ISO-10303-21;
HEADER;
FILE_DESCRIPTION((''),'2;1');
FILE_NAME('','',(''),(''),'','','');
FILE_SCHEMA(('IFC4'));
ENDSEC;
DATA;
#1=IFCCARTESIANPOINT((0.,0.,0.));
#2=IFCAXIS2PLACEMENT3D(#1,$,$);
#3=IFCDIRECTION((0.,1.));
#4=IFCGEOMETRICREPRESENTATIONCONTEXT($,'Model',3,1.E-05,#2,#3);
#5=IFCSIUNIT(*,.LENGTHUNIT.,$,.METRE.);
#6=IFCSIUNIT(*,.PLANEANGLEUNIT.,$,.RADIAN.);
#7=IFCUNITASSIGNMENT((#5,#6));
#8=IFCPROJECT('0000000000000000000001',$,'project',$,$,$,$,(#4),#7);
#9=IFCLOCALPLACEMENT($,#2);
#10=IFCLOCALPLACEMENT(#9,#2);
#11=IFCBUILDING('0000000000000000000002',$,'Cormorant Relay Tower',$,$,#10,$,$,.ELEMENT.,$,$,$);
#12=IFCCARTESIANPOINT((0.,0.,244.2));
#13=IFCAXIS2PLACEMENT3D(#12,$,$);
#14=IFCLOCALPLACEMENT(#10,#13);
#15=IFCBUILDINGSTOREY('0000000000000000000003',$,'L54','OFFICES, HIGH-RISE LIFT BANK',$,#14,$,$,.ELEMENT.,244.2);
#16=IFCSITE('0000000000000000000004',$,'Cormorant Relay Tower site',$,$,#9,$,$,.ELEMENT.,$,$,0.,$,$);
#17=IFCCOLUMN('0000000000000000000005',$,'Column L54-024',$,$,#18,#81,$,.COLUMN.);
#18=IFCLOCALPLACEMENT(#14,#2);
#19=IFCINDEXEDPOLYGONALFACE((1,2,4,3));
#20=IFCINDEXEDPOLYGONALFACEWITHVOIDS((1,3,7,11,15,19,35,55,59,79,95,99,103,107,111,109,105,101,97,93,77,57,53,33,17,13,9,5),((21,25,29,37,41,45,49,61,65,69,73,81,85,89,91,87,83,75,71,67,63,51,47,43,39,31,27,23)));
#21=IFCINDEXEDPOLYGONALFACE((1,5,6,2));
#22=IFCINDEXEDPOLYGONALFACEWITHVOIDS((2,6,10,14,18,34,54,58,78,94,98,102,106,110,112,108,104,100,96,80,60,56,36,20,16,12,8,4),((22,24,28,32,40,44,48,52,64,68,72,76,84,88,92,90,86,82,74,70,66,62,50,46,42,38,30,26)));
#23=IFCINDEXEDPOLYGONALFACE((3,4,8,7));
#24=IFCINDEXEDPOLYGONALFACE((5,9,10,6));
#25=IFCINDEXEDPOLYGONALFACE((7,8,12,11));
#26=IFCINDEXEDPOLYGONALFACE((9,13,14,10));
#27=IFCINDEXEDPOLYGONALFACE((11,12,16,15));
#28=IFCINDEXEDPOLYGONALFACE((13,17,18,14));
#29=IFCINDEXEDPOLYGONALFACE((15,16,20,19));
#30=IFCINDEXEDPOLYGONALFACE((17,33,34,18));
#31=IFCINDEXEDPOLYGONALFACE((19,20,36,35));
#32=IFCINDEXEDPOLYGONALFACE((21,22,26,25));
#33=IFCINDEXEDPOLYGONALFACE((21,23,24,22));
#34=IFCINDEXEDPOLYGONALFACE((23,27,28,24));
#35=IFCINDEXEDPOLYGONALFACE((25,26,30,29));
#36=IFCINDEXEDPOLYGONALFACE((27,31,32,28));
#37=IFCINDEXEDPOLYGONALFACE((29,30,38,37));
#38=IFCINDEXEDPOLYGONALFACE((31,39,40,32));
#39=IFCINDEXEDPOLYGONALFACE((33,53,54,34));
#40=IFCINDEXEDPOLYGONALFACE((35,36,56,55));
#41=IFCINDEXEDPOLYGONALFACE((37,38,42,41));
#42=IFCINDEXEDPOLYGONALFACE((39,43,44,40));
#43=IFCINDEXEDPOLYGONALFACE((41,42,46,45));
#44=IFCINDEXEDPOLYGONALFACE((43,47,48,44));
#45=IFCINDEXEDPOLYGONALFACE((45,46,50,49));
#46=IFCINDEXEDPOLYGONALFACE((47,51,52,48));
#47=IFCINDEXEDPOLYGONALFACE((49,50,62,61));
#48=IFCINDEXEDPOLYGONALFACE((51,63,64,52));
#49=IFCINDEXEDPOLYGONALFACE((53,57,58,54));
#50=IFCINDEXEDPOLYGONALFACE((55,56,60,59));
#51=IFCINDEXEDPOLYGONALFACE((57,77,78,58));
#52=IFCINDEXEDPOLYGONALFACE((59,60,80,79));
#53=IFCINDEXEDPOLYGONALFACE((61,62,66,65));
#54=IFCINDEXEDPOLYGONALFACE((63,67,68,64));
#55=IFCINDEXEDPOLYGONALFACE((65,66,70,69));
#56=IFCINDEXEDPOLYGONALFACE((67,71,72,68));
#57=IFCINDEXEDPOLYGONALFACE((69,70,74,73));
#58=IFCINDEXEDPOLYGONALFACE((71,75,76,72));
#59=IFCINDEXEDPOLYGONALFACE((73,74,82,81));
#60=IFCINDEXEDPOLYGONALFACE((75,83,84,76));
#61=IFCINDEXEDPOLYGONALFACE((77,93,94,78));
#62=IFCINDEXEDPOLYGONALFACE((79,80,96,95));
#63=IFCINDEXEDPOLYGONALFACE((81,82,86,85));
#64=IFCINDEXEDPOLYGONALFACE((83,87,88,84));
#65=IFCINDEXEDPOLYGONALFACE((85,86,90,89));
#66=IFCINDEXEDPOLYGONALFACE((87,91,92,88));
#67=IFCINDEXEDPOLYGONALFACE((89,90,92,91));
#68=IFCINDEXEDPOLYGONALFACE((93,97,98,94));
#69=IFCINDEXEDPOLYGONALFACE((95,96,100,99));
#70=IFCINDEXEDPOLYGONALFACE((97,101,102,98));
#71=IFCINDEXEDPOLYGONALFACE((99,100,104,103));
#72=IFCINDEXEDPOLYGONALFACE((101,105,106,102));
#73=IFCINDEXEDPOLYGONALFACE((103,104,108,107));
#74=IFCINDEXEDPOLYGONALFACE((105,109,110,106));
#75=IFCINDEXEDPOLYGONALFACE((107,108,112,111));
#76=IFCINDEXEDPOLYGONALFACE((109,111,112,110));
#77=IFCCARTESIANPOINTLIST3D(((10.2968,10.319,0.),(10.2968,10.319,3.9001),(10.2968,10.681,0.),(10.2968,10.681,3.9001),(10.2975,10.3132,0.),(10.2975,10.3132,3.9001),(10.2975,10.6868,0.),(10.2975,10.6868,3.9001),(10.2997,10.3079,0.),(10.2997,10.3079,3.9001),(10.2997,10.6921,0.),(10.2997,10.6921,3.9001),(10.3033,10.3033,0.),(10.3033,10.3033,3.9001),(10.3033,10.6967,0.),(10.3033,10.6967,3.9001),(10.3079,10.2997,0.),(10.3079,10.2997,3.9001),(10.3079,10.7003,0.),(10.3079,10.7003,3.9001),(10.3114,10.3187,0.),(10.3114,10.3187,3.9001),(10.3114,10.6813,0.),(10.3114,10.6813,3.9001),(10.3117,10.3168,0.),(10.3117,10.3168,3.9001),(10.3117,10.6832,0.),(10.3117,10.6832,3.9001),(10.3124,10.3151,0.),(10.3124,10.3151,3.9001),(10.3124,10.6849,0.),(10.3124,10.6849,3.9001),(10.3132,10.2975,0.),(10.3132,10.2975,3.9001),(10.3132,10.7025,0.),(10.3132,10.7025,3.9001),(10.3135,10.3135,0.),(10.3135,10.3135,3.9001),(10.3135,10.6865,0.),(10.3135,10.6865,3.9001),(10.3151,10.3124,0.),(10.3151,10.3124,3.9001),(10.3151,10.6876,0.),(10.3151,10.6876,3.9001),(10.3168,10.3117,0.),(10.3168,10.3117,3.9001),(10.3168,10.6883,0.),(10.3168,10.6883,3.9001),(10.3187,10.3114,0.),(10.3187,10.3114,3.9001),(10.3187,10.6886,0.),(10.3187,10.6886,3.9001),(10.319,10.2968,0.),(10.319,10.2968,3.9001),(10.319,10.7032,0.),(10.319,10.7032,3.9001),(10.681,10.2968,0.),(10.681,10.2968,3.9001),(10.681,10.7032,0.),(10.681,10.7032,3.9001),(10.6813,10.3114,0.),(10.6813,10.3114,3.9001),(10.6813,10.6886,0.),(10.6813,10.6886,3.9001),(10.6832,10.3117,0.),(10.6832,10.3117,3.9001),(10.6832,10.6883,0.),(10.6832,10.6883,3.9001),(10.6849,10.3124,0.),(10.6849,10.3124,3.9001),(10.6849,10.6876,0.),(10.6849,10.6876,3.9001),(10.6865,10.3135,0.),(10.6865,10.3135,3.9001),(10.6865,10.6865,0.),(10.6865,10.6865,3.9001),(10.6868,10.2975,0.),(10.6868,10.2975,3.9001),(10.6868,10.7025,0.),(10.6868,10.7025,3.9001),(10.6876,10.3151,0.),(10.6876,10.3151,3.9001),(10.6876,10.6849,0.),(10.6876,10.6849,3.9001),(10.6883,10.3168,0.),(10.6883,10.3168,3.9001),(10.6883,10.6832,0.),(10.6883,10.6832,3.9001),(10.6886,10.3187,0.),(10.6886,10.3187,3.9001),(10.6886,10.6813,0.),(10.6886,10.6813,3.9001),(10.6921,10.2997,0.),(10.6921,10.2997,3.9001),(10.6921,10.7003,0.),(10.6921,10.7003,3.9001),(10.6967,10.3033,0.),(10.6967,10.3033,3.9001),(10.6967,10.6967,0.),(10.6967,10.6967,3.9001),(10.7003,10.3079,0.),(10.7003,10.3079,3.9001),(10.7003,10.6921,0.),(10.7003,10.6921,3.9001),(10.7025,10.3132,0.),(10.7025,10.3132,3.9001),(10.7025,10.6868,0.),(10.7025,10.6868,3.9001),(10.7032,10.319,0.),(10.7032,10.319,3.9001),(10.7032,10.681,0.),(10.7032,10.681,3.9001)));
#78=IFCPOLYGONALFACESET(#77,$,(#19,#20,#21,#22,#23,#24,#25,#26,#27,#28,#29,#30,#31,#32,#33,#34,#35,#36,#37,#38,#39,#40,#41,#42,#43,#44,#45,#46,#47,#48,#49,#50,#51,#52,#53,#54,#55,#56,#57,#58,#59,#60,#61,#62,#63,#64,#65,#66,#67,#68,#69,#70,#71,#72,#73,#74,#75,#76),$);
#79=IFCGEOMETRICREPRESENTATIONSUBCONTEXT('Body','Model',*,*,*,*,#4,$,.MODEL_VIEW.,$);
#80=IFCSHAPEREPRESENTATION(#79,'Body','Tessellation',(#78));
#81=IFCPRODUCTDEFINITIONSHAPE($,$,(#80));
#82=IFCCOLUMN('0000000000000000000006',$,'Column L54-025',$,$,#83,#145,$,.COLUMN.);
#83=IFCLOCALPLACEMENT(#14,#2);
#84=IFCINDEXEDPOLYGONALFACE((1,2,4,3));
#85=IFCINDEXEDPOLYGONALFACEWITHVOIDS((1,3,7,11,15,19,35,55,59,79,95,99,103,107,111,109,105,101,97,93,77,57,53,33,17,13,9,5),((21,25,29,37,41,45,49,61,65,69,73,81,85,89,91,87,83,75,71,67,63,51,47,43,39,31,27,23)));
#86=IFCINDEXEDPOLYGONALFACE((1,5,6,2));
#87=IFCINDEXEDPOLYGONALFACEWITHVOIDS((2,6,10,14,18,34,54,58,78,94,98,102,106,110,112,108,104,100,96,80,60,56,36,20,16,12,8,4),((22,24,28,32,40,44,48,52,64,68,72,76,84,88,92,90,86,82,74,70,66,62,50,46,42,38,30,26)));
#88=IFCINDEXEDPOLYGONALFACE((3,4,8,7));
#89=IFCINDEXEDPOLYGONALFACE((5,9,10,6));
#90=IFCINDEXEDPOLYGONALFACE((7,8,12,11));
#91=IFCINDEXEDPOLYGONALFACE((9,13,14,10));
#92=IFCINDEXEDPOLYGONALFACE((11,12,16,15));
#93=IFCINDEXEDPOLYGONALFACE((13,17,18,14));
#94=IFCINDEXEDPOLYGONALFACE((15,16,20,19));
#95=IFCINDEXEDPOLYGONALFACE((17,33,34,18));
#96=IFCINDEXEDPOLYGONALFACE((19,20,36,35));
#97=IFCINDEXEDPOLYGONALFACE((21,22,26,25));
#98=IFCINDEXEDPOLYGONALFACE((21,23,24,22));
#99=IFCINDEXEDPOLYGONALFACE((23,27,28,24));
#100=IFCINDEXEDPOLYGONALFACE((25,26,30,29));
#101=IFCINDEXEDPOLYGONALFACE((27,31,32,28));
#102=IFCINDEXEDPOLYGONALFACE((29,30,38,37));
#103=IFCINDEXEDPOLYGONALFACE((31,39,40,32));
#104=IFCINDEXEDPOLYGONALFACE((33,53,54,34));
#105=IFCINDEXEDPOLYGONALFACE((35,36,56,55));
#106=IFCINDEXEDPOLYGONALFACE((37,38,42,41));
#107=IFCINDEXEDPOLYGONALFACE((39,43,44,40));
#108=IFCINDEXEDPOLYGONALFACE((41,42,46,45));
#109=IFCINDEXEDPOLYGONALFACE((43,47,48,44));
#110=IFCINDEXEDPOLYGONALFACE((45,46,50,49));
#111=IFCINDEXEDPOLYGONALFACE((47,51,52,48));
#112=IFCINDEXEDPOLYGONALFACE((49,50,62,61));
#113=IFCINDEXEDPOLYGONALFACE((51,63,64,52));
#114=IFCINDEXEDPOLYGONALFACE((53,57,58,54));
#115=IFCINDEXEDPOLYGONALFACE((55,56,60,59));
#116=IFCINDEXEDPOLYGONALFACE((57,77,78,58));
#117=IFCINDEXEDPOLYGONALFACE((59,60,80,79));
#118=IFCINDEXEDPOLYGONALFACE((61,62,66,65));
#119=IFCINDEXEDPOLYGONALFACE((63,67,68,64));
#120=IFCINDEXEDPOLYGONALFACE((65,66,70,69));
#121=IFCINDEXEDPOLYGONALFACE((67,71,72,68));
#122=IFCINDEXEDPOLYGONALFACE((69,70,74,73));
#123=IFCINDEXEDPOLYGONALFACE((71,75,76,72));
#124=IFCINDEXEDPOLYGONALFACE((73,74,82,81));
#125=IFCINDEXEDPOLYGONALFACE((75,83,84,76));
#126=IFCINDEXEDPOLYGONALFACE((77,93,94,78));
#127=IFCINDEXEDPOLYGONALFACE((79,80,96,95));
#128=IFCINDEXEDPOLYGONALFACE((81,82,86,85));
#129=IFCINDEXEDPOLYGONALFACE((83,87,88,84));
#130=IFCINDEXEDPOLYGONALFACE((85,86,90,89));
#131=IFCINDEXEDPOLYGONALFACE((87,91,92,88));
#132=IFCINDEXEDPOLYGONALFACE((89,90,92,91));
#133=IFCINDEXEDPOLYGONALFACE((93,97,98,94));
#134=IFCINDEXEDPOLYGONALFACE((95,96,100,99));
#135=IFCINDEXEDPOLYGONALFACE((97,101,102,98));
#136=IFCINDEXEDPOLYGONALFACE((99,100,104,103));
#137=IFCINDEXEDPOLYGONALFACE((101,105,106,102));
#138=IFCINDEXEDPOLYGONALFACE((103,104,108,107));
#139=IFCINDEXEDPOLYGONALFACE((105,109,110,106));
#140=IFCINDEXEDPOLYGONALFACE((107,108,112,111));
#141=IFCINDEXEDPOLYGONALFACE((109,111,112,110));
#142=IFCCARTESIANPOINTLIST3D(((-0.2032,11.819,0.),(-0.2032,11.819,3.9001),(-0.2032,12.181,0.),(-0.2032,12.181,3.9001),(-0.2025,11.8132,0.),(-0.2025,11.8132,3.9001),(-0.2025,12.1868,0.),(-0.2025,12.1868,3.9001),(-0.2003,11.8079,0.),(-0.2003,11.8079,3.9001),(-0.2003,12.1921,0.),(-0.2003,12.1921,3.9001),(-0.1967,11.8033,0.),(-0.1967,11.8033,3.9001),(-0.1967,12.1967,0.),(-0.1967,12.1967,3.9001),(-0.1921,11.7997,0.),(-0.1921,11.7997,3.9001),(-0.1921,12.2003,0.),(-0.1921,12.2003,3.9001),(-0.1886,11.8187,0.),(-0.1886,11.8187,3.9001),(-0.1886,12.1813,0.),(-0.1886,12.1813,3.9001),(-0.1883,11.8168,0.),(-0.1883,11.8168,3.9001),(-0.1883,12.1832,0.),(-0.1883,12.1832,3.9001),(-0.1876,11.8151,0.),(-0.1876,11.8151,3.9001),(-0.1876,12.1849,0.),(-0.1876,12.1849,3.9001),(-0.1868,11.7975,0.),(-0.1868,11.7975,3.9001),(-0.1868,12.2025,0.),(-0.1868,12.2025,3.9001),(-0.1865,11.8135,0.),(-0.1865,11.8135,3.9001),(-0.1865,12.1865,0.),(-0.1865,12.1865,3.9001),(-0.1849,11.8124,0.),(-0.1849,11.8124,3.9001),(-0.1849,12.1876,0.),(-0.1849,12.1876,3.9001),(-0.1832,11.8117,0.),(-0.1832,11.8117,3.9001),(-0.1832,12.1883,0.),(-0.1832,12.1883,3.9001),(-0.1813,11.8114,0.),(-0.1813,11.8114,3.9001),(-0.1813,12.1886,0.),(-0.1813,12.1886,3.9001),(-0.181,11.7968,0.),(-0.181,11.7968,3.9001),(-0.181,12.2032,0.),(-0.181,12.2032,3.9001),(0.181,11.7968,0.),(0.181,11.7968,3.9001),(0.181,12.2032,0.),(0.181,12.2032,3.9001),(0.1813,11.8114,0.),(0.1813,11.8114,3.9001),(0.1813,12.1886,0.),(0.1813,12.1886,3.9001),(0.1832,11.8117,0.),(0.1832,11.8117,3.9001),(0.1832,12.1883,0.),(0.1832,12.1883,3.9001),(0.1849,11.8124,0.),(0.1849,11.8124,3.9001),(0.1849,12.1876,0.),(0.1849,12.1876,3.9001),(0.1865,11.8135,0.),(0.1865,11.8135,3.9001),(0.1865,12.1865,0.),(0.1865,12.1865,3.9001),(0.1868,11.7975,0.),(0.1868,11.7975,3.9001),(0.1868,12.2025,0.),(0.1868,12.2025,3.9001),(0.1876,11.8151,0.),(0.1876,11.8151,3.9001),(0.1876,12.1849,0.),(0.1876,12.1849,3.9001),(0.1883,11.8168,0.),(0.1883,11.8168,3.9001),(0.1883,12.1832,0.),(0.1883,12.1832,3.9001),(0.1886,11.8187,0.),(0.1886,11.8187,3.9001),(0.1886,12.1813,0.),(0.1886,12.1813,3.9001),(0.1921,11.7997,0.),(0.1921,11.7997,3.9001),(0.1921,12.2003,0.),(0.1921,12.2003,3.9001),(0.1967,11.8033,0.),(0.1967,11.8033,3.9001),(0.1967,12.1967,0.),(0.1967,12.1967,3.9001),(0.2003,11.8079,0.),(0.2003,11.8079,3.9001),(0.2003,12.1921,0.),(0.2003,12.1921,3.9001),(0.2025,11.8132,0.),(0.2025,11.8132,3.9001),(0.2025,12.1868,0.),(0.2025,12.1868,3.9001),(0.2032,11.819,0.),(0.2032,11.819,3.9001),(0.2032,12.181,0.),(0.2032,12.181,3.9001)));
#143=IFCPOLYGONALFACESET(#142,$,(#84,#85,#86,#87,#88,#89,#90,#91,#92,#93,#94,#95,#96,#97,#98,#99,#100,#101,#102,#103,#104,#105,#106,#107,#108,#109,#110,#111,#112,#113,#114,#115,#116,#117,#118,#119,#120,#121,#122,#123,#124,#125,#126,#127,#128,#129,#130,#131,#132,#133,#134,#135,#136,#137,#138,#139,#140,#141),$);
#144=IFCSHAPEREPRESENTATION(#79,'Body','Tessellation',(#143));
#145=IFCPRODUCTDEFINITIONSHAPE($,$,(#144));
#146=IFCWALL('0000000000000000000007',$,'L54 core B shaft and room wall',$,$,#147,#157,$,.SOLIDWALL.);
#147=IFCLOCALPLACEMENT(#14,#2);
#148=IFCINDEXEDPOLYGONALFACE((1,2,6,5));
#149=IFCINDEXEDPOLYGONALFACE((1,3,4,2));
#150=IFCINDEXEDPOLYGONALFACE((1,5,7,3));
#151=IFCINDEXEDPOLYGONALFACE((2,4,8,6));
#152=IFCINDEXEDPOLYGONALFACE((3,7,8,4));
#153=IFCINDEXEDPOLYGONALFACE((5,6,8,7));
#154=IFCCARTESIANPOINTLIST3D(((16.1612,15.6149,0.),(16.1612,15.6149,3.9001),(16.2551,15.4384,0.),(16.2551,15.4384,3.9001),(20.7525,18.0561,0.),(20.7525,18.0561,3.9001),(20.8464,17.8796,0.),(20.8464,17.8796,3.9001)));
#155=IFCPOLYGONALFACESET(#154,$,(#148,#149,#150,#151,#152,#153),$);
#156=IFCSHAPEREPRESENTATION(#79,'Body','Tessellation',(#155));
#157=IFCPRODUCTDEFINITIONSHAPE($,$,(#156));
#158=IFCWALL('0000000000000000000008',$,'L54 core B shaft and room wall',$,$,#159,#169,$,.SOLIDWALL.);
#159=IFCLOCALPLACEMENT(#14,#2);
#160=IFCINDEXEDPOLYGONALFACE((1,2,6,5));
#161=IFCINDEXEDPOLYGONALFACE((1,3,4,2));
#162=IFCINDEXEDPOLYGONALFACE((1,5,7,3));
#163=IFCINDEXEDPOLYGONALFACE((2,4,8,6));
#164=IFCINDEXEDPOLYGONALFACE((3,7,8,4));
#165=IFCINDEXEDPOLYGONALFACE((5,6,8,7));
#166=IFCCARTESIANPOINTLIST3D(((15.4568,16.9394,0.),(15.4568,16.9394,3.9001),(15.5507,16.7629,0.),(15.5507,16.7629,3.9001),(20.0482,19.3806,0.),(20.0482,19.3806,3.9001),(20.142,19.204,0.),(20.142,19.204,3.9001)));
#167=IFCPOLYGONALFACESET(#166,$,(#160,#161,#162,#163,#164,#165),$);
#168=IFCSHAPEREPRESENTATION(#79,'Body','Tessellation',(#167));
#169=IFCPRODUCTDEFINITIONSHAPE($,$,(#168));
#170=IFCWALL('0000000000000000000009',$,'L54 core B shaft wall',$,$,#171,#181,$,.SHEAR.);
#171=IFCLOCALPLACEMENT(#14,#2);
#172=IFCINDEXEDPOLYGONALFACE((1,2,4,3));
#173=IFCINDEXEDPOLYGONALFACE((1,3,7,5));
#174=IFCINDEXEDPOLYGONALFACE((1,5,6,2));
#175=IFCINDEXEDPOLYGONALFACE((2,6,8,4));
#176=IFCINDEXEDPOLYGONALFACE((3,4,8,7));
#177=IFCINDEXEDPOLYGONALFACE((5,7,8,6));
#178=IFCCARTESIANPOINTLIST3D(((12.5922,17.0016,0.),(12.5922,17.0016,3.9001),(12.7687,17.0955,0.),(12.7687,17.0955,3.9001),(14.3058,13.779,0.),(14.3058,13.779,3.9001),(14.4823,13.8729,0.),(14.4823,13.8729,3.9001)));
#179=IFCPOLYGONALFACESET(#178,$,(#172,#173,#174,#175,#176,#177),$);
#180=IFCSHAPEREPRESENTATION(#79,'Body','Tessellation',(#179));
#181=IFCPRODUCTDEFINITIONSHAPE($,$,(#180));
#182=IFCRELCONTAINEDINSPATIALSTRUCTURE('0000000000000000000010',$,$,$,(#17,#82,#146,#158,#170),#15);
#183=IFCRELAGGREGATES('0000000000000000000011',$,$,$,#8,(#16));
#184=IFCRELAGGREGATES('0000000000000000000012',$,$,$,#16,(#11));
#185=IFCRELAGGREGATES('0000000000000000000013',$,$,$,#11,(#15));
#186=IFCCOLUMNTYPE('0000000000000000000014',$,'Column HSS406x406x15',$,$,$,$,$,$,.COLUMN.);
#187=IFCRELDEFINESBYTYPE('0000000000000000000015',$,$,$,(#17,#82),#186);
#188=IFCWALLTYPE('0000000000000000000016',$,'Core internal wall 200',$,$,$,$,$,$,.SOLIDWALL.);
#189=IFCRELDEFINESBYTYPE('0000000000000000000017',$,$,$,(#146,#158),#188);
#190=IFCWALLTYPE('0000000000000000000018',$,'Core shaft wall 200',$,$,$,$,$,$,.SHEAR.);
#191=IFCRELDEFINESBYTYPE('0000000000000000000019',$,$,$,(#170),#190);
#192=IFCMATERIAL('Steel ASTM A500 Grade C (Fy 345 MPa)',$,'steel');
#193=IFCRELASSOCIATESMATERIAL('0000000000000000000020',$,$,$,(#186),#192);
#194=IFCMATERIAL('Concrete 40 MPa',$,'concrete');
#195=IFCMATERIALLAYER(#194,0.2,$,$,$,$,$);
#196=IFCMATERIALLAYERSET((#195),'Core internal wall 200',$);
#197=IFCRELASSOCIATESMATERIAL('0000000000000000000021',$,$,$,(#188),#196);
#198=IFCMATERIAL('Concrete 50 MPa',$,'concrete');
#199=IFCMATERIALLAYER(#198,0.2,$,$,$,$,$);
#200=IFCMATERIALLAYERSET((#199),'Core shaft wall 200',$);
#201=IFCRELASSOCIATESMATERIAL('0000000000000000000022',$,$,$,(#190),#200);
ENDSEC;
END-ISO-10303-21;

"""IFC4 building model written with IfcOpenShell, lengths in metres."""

from ifc_helpers import new_model, si_unit, direction, frame, frame_2d, origin, origin_2d, place, context, subcontext, project, spatial, rectangle, hollow_rectangle, extrude, material, layer, layer_set, material_profile, profile_set, type_object, element, save


model = new_model("IFC4")

# Units and contexts
model_context = context("Model", 3, precision=1e-05, world=origin(), true_north=direction((0.0, 1.0)))
body_context = subcontext(model_context, "Body", "Model", "MODEL_VIEW")
ifc_project = project(units=[si_unit("LENGTHUNIT", "METRE"), si_unit("PLANEANGLEUNIT", "RADIAN")], contexts=[model_context])

# Site, building, storey
site_placement = place(None, origin())
site = spatial("IfcSite", under=ifc_project, at=site_placement, Name="Cormorant Relay Tower site", CompositionType="ELEMENT", RefElevation=0.0)
building_placement = place(site_placement, origin())
building = spatial("IfcBuilding", under=site, at=building_placement, Name="Cormorant Relay Tower", CompositionType="ELEMENT")
storey_placement = place(building_placement, frame((0.0, 0.0, 244.2)))
storey = spatial("IfcBuildingStorey", under=building, at=storey_placement, Name="L54", Description="OFFICES, HIGH-RISE LIFT BANK", CompositionType="ELEMENT", Elevation=244.2)

# Columns
ifc_material_1 = material(Name="Steel ASTM A500 Grade C (Fy 345 MPa)", Category="steel")
ifc_material_profile = material_profile(ifc_material_1, hollow_rectangle(XDim=0.4065, YDim=0.4065, WallThickness=0.0146, InnerFilletRadius=0.0073, OuterFilletRadius=0.0222, at=origin_2d()), Name="HSS406x406x15")
ifc_profile_set = profile_set([ifc_material_profile], Name="Steel ASTM A500 Grade C (Fy 345 MPa)")
column_type = type_object("IfcColumnType", Name="Column HSS406x406x15", PredefinedType="COLUMN", material=ifc_profile_set)
for number, where, z_axis, x_axis, name in (
    (1, (10.5, 10.5, 0.0), (0.0, 0.0, 1.0), (1.0, 0.0, 0.0), "Column L54-024"),
    (2, (0.0, 12.0, 0.0), (0.0, 0.0, 1.0), (1.0, 0.0, 0.0), "Column L54-025"),
):
    element("IfcColumn", number, at=place(storey_placement, frame(where, z_axis=z_axis, x_axis=x_axis)), inside=storey, type_object=column_type, Name=name, PredefinedType="COLUMN", context=body_context, shape_type="SweptSolid", body=[
        extrude(hollow_rectangle(XDim=0.4065, YDim=0.4065, WallThickness=0.0146, InnerFilletRadius=0.0073, OuterFilletRadius=0.0222, at=origin_2d()), origin(), (0.0, 0.0, 1.0), 3.9001),
    ])

# Walls
ifc_material_2 = material(Name="Concrete 40 MPa", Category="concrete")
ifc_layer_1 = layer(ifc_material_2, 0.2)
ifc_layer_set_1 = layer_set([ifc_layer_1], Name="Core internal wall 200")
wall_type_1 = type_object("IfcWallType", Name="Core internal wall 200", PredefinedType="SOLIDWALL", material=ifc_layer_set_1)
for number, where, z_axis, x_axis, name in (
    (3, (16.208, 15.5266, 0.0), (0.0, 0.0, 1.0), (0.882954, 0.46946, 0.0), "L54 core B shaft and room wall"),
    (4, (15.5037, 16.8511, 0.0), (0.0, 0.0, 1.0), (0.882954, 0.46946, 0.0), "L54 core B shaft and room wall"),
):
    element("IfcWall", number, at=place(storey_placement, frame(where, z_axis=z_axis, x_axis=x_axis)), inside=storey, type_object=wall_type_1, Name=name, PredefinedType="SOLIDWALL", context=body_context, shape_type="SweptSolid", body=[
        extrude(rectangle(XDim=5.2, YDim=0.2, at=frame_2d((2.6001, 0.0))), origin(), (0.0, 0.0, 1.0), 3.9001),
    ])
ifc_material_3 = material(Name="Concrete 50 MPa", Category="concrete")
ifc_layer_2 = layer(ifc_material_3, 0.2)
ifc_layer_set_2 = layer_set([ifc_layer_2], Name="Core shaft wall 200")
wall_type_2 = type_object("IfcWallType", Name="Core shaft wall 200", PredefinedType="SHEAR", material=ifc_layer_set_2)
wall_1_placement = place(storey_placement, frame((14.394, 13.8259, 0.0), z_axis=(0.0, 0.0, 1.0), x_axis=(-0.469494, 0.882936, 0.0)))
element("IfcWall", 5, at=wall_1_placement, inside=storey, type_object=wall_type_2, Name="L54 core B shaft wall", PredefinedType="SHEAR", context=body_context, shape_type="SweptSolid", body=[
    extrude(rectangle(XDim=3.6499, YDim=0.2, at=frame_2d((1.825, 0.0))), origin(), (0.0, 0.0, 1.0), 3.9001),
])

save(model, "model.ifc")
